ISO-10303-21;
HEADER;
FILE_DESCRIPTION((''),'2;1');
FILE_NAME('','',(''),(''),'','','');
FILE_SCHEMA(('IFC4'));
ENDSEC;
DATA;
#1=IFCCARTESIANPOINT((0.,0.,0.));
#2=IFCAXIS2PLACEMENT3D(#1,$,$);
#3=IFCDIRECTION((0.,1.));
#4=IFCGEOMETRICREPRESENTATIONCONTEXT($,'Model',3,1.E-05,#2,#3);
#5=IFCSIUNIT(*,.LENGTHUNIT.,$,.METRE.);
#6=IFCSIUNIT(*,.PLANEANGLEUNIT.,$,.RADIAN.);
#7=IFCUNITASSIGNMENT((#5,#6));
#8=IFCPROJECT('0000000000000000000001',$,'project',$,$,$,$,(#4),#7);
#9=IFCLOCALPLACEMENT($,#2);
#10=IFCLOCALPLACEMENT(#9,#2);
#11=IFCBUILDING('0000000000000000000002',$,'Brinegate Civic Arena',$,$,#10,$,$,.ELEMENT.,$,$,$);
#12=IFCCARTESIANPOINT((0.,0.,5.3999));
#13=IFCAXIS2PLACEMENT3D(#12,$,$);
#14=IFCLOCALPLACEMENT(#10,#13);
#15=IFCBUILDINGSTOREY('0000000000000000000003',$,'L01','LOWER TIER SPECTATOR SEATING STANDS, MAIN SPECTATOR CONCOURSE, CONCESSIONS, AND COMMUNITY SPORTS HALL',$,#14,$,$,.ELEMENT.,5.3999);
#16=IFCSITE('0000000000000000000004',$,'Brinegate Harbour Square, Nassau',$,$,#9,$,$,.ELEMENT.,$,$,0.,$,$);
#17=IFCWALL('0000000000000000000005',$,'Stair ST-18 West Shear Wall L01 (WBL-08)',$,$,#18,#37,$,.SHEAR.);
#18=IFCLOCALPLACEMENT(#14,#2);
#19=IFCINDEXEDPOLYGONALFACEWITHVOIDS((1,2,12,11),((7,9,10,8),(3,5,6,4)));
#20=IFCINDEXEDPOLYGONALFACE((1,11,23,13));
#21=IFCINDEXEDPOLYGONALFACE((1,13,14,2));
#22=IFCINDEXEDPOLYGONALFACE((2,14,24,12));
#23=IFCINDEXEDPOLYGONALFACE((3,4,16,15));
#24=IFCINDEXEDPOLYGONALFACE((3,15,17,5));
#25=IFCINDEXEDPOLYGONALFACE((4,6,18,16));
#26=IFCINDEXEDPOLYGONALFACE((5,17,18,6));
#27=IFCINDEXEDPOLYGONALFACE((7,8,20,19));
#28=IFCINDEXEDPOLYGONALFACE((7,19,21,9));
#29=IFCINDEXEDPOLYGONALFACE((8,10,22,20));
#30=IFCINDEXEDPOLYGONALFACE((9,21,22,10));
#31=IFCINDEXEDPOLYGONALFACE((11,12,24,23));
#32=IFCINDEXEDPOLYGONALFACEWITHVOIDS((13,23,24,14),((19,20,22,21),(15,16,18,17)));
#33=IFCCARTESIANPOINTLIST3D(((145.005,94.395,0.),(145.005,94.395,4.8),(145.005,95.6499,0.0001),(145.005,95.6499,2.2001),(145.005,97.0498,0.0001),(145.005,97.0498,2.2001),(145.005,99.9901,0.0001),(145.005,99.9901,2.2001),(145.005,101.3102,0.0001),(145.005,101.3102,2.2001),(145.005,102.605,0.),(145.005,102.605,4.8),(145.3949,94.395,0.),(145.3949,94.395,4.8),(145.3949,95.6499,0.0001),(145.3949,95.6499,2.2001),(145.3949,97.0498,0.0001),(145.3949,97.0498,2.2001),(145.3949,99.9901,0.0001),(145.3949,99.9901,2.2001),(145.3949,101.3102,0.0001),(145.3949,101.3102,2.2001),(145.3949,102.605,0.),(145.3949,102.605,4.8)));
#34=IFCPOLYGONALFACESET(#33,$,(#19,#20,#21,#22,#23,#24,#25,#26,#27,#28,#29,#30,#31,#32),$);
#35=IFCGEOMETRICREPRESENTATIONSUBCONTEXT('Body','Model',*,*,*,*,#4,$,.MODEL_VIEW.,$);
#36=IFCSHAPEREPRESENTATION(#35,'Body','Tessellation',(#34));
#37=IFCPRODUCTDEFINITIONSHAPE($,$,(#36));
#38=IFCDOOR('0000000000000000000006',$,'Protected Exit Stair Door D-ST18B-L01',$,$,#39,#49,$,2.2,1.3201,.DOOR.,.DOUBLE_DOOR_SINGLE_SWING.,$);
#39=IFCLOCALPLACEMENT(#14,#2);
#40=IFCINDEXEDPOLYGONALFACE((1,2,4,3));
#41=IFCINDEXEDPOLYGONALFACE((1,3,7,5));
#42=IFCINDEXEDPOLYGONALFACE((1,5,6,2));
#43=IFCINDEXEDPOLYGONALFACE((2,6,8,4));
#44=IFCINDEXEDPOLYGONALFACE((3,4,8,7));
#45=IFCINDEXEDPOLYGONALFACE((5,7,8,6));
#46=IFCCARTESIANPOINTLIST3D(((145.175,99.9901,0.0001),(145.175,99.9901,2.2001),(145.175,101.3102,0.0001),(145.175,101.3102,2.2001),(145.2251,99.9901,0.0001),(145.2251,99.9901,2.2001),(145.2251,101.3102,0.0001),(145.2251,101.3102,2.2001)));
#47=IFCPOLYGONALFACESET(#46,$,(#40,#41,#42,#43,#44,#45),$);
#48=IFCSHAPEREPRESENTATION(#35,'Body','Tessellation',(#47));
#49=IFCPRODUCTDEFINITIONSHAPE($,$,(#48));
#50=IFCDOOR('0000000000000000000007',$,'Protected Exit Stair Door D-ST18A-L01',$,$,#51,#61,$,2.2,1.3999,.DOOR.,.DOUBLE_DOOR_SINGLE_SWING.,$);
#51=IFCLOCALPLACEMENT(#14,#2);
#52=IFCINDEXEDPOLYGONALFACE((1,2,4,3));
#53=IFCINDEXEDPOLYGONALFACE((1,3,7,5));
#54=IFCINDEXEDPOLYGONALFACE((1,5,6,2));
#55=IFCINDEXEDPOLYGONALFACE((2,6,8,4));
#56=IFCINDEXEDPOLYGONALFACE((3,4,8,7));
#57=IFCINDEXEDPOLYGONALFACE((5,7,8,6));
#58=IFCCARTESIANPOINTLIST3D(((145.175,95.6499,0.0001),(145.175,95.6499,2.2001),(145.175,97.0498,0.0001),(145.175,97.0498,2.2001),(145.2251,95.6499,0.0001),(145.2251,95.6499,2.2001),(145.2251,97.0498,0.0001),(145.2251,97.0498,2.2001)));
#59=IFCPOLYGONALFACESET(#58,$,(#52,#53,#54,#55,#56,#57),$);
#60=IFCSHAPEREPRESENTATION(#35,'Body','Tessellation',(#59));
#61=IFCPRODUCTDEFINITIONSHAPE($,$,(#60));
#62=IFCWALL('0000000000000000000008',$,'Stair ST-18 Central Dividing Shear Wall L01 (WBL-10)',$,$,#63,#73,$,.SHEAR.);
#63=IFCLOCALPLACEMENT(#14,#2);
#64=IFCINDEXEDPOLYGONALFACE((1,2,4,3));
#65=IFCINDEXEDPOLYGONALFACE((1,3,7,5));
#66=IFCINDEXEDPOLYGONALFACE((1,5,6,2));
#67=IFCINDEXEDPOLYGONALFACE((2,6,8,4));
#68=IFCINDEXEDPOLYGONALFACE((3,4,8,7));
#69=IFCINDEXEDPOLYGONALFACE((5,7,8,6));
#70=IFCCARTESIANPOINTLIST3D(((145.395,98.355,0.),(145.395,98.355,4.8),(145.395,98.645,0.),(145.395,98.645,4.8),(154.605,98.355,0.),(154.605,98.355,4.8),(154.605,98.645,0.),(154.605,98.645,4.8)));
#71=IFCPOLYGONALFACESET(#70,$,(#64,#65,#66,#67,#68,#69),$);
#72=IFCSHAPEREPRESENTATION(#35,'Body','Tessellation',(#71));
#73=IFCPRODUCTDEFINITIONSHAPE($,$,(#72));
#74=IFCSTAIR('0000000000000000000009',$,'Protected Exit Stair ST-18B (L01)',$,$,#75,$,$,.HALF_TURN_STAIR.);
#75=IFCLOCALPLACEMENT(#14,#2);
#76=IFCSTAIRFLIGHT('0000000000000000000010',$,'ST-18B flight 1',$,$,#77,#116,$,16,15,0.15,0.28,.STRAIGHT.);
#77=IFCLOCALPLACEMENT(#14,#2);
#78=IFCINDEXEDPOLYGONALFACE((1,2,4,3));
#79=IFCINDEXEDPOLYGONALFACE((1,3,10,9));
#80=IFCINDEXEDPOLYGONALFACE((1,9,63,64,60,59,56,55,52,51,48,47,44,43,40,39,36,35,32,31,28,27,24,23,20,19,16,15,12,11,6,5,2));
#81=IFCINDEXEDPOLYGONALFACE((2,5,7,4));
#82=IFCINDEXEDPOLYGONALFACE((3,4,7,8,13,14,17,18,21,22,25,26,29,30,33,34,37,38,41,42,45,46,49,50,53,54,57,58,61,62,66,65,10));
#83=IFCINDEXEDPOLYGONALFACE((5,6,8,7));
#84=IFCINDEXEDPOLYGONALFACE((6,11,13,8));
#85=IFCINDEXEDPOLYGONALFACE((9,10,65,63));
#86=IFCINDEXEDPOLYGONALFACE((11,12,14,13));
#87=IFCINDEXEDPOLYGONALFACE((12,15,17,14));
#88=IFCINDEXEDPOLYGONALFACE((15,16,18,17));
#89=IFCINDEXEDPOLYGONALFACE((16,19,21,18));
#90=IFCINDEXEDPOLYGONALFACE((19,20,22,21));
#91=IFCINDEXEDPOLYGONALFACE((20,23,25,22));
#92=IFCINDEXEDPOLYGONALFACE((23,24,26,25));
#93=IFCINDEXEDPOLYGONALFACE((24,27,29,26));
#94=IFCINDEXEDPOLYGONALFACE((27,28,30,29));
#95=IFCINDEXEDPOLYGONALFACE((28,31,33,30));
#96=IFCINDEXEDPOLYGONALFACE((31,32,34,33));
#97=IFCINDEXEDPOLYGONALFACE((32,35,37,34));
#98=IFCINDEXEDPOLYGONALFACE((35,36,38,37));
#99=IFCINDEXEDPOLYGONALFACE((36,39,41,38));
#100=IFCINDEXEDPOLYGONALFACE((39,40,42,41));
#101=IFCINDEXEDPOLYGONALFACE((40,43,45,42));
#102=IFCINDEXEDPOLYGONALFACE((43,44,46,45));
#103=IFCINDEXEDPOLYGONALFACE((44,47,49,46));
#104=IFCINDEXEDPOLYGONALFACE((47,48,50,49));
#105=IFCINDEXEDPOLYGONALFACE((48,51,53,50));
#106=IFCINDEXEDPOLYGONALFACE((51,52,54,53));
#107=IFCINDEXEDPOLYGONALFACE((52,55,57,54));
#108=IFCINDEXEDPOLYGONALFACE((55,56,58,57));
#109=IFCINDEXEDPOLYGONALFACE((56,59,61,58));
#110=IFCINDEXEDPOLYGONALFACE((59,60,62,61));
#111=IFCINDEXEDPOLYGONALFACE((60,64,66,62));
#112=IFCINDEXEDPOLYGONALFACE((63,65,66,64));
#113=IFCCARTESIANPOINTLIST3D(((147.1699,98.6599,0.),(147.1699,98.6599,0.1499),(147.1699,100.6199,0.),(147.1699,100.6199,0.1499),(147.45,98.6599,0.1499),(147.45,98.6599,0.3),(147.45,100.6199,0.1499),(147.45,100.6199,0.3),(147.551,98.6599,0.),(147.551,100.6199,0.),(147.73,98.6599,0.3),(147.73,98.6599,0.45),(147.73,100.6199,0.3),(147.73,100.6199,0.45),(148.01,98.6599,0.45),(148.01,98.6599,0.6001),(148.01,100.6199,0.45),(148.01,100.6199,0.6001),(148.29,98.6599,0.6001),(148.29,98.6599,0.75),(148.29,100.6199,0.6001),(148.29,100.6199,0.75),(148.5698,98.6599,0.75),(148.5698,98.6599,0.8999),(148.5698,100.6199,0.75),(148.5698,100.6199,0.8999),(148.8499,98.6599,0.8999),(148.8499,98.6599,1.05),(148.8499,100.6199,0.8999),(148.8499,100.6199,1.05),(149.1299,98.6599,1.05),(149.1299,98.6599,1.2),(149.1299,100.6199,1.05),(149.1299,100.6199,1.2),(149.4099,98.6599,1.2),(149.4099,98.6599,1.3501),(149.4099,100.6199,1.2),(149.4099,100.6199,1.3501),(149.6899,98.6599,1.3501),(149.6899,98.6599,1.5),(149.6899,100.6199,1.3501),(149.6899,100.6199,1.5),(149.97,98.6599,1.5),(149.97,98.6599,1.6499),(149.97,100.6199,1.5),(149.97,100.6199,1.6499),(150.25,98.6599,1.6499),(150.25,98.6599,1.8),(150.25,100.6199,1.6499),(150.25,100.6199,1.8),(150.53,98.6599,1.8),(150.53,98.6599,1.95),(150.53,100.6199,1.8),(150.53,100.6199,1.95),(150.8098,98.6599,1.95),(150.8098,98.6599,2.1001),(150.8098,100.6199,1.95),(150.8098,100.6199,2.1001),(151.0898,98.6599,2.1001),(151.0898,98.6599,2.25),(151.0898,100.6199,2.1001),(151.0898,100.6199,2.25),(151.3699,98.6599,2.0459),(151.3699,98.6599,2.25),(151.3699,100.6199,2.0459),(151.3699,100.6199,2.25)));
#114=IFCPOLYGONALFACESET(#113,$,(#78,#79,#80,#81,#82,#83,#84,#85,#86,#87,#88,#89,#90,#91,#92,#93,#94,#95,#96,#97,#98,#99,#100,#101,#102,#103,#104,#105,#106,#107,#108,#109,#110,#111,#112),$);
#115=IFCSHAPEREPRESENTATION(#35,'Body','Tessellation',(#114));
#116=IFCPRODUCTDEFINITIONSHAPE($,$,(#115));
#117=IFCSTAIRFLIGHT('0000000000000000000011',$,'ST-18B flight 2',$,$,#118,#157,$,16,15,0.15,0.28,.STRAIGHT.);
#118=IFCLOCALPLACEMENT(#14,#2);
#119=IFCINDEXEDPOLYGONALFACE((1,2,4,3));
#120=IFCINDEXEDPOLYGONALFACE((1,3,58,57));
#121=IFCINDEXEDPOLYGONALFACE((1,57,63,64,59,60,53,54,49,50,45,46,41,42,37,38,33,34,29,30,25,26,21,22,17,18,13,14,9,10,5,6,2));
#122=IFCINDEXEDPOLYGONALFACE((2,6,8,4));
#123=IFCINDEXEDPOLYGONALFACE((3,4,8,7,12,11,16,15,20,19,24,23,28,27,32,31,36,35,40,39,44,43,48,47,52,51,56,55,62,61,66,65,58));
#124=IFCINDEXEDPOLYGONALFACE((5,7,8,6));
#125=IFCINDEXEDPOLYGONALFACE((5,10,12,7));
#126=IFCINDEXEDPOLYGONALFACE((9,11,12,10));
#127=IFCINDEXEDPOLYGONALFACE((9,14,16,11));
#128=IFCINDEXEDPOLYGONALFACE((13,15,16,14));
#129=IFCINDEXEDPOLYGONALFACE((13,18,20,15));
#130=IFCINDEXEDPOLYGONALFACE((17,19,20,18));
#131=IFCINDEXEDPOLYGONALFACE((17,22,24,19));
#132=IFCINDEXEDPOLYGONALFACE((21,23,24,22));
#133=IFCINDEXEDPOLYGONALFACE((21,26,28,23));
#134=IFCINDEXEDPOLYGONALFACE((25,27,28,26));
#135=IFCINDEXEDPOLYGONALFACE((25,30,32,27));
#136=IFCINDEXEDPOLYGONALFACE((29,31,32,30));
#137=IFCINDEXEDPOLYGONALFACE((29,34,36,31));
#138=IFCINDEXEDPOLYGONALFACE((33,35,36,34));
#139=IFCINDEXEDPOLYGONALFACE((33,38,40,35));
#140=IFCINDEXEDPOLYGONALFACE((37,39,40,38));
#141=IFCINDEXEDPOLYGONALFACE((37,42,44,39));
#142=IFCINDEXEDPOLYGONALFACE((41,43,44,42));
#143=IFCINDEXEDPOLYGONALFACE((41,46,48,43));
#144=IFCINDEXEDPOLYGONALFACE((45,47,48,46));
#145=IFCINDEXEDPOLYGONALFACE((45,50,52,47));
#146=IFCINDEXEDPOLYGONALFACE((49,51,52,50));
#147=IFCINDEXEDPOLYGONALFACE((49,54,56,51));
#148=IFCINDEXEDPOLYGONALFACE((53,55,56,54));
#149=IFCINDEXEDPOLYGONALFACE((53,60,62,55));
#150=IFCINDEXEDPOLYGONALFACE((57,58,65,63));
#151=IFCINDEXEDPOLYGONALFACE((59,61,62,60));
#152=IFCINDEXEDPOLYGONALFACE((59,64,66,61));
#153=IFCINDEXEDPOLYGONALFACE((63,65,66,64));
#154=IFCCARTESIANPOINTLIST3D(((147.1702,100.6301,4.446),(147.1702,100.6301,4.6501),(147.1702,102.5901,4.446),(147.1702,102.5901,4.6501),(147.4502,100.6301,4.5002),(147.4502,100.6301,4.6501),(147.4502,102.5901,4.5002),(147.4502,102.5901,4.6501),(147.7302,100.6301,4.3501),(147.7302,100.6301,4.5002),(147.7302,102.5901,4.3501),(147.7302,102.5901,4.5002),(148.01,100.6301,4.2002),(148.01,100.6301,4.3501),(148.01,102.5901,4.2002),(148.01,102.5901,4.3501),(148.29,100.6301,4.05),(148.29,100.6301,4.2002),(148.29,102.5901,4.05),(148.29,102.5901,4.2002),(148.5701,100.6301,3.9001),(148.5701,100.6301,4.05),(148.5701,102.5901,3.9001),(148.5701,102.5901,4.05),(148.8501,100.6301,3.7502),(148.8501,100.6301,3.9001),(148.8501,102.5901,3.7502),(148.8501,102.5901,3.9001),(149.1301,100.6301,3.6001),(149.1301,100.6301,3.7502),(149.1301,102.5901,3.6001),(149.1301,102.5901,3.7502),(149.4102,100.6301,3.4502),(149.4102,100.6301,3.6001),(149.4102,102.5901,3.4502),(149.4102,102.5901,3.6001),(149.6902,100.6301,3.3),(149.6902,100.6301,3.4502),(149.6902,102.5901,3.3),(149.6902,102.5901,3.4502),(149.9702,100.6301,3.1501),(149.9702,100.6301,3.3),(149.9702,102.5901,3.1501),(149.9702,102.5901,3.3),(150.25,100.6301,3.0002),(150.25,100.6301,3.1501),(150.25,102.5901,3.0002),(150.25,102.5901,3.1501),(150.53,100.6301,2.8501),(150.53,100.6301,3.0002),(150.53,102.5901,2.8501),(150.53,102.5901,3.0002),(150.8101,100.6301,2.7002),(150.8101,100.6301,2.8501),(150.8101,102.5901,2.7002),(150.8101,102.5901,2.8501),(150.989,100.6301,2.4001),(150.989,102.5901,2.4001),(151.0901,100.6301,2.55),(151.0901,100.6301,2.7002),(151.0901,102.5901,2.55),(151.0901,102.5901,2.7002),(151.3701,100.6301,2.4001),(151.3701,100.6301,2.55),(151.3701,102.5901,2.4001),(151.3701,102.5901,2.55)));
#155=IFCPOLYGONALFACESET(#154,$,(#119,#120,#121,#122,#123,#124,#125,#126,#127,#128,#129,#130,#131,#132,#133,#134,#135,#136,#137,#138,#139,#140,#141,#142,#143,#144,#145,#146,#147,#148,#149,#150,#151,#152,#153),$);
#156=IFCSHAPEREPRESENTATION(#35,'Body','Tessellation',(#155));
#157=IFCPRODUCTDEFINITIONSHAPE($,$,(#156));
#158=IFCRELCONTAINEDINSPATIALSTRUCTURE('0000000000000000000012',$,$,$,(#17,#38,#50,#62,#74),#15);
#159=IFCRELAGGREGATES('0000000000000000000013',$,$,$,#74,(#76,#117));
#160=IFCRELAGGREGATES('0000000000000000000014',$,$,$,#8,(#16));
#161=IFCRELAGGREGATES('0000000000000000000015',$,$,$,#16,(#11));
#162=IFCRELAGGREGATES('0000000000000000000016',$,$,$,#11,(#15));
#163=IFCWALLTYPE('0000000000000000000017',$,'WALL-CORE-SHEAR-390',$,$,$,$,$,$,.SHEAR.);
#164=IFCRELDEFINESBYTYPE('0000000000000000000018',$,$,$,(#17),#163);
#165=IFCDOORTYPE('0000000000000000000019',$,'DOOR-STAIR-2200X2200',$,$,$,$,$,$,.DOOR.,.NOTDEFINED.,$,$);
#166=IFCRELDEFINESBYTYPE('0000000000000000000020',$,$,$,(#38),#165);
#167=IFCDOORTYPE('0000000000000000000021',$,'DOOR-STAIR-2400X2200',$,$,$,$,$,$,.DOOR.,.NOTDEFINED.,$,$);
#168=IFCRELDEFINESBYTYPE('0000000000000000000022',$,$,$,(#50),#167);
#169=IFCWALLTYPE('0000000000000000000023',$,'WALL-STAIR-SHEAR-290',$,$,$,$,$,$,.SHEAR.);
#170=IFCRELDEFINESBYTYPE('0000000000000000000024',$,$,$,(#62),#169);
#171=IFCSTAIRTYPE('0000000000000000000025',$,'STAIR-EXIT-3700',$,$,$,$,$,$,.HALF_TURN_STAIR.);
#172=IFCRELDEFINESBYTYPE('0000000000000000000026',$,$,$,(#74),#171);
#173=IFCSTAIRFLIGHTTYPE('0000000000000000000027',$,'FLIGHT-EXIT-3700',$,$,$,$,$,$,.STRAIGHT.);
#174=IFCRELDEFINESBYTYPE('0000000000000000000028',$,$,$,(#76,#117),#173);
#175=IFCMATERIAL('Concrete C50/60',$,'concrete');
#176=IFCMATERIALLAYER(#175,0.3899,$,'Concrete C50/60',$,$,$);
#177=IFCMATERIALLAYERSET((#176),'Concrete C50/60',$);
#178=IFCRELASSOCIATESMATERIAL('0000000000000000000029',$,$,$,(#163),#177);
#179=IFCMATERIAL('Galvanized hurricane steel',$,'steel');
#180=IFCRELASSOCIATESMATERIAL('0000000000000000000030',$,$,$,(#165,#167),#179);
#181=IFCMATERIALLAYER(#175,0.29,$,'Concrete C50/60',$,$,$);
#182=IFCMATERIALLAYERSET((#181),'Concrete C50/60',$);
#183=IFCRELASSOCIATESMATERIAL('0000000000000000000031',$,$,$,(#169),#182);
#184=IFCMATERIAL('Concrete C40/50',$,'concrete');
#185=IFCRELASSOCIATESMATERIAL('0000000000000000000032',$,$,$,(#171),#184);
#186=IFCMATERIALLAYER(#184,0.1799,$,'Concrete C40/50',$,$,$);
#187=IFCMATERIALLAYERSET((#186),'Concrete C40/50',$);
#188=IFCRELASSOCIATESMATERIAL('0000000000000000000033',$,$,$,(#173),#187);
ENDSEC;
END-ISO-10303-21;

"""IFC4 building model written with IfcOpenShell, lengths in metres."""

from ifc_helpers import new_model, si_unit, direction, frame, frame_2d, origin, place, context, subcontext, project, spatial, polyline, rectangle, outline, extrude, material, layer, layer_set, type_object, element, fill, aggregate, save


model = new_model("IFC4")

# Units and contexts
model_context = context("Model", 3, precision=1e-05, world=origin(), true_north=direction((0.0, 1.0)))
body_context = subcontext(model_context, "Body", "Model", "MODEL_VIEW")
ifc_project = project(units=[si_unit("LENGTHUNIT", "METRE"), si_unit("PLANEANGLEUNIT", "RADIAN")], contexts=[model_context])

# Site, building, storey
site_placement = place(None, origin())
site = spatial("IfcSite", under=ifc_project, at=site_placement, Name="Brinegate Harbour Square, Nassau", CompositionType="ELEMENT", RefElevation=0.0)
building_placement = place(site_placement, origin())
building = spatial("IfcBuilding", under=site, at=building_placement, Name="Brinegate Civic Arena", CompositionType="ELEMENT")
storey_placement = place(building_placement, frame((0.0, 0.0, 5.3999)))
storey = spatial("IfcBuildingStorey", under=building, at=storey_placement, Name="L01", Description="LOWER TIER SPECTATOR SEATING STANDS, MAIN SPECTATOR CONCOURSE, CONCESSIONS, AND COMMUNITY SPORTS HALL", CompositionType="ELEMENT", Elevation=5.3999)

# Shared definitions
ifc_material_1 = material(Name="Concrete C50/60", Category="concrete")

# Shared definitions
ifc_layer_1 = layer(ifc_material_1, 0.3899, Name="Concrete C50/60")
ifc_layer_set_1 = layer_set([ifc_layer_1], Name="Concrete C50/60")
wall_type_1 = type_object("IfcWallType", Name="WALL-CORE-SHEAR-390", PredefinedType="SHEAR", material=ifc_layer_set_1)

# Wall, openings, doors
wall_1_placement = place(storey_placement, frame((145.2, 94.395, 0.0), z_axis=(0.0, 0.0, 1.0), x_axis=(0.0, 1.0, 0.0)))
wall_1 = element("IfcWall", 1, at=wall_1_placement, inside=storey, type_object=wall_type_1, Name="Stair ST-18 West Shear Wall L01 (WBL-08)", PredefinedType="SHEAR", context=body_context, shape_type="SweptSolid", body=[
    extrude(rectangle(XDim=8.21, YDim=0.3899, at=frame_2d((4.105, 0.0))), origin(), (0.0, 0.0, 1.0), 4.8),
])
opening_1_placement = place(wall_1_placement, frame((1.2549, 0.0, 0.0)))
opening_1 = element("IfcOpeningElement", 2, at=opening_1_placement, cuts=wall_1, PredefinedType="OPENING", context=body_context, shape_type="SweptSolid", body=[
    extrude(rectangle(XDim=1.3999, YDim=2.2, at=frame_2d((0.7, 1.1001))), frame((0.0, 0.2048, 0.0), z_axis=(0.0, -1.0, 0.0), x_axis=(1.0, 0.0, 0.0)), (0.0, 0.0, 1.0), 0.4099),
])
opening_2_placement = place(wall_1_placement, frame((5.595, 0.0, 0.0)))
opening_2 = element("IfcOpeningElement", 3, at=opening_2_placement, cuts=wall_1, PredefinedType="OPENING", context=body_context, shape_type="SweptSolid", body=[
    extrude(rectangle(XDim=1.3201, YDim=2.2, at=frame_2d((0.6602, 1.1001))), frame((0.0, 0.2048, 0.0), z_axis=(0.0, -1.0, 0.0), x_axis=(1.0, 0.0, 0.0)), (0.0, 0.0, 1.0), 0.4099),
])
ifc_material_2 = material(Name="Galvanized hurricane steel", Category="steel")
door_type_1 = type_object("IfcDoorType", Name="DOOR-STAIR-2200X2200", OperationType="NOTDEFINED", PredefinedType="DOOR", material=ifc_material_2)
door_1_placement = place(opening_2_placement, origin())
door_1 = element("IfcDoor", 4, at=door_1_placement, inside=storey, type_object=door_type_1, Name="Protected Exit Stair Door D-ST18B-L01", OperationType="DOUBLE_DOOR_SINGLE_SWING", OverallHeight=2.2, OverallWidth=1.3201, PredefinedType="DOOR", context=body_context, shape_type="SweptSolid", body=[
    extrude(rectangle(XDim=1.3201, YDim=2.2, at=frame_2d((0.6602, 1.1001))), frame((0.0, 0.0249, 0.0), z_axis=(0.0, -1.0, 0.0), x_axis=(1.0, 0.0, 0.0)), (0.0, 0.0, 1.0), 0.05),
])
fill(opening_2, door_1)
door_type_2 = type_object("IfcDoorType", Name="DOOR-STAIR-2400X2200", OperationType="NOTDEFINED", PredefinedType="DOOR", material=ifc_material_2)
door_2_placement = place(opening_1_placement, origin())
door_2 = element("IfcDoor", 5, at=door_2_placement, inside=storey, type_object=door_type_2, Name="Protected Exit Stair Door D-ST18A-L01", OperationType="DOUBLE_DOOR_SINGLE_SWING", OverallHeight=2.2, OverallWidth=1.3999, PredefinedType="DOOR", context=body_context, shape_type="SweptSolid", body=[
    extrude(rectangle(XDim=1.3999, YDim=2.2, at=frame_2d((0.7, 1.1001))), frame((0.0, 0.0249, 0.0), z_axis=(0.0, -1.0, 0.0), x_axis=(1.0, 0.0, 0.0)), (0.0, 0.0, 1.0), 0.05),
])
fill(opening_1, door_2)

# Wall
ifc_layer_2 = layer(ifc_material_1, 0.29, Name="Concrete C50/60")
ifc_layer_set_2 = layer_set([ifc_layer_2], Name="Concrete C50/60")
wall_type_2 = type_object("IfcWallType", Name="WALL-STAIR-SHEAR-290", PredefinedType="SHEAR", material=ifc_layer_set_2)
wall_2_placement = place(storey_placement, frame((145.395, 98.5, 0.0), z_axis=(0.0, 0.0, 1.0), x_axis=(1.0, 0.0, 0.0)))
element("IfcWall", 6, at=wall_2_placement, inside=storey, type_object=wall_type_2, Name="Stair ST-18 Central Dividing Shear Wall L01 (WBL-10)", PredefinedType="SHEAR", context=body_context, shape_type="SweptSolid", body=[
    extrude(rectangle(XDim=9.21, YDim=0.29, at=frame_2d((4.605, 0.0))), origin(), (0.0, 0.0, 1.0), 4.8),
])

# Stair, stair flights
ifc_material_3 = material(Name="Concrete C40/50", Category="concrete")
stair_type_1 = type_object("IfcStairType", Name="STAIR-EXIT-3700", PredefinedType="HALF_TURN_STAIR", material=ifc_material_3)
stair_1_placement = place(storey_placement, origin())
stair_1 = element("IfcStair", 7, at=stair_1_placement, inside=storey, type_object=stair_type_1, Name="Protected Exit Stair ST-18B (L01)", PredefinedType="HALF_TURN_STAIR")
ifc_layer_3 = layer(ifc_material_3, 0.1799, Name="Concrete C40/50")
ifc_layer_set_3 = layer_set([ifc_layer_3], Name="Concrete C40/50")
stair_flight_type_1 = type_object("IfcStairFlightType", Name="FLIGHT-EXIT-3700", PredefinedType="STRAIGHT", material=ifc_layer_set_3)
stair_flight_1_placement = place(storey_placement, frame((147.1699, 99.6399, 0.0), z_axis=(0.0, 0.0, 1.0), x_axis=(1.0, 0.0, 0.0)))
stair_flight_1 = element("IfcStairFlight", 8, at=stair_flight_1_placement, type_object=stair_flight_type_1, Name="ST-18B flight 1", NumberOfRisers=16, NumberOfTreads=15, PredefinedType="STRAIGHT", RiserHeight=0.15, TreadLength=0.28, context=body_context, shape_type="SweptSolid", body=[
    extrude(outline(polyline([(0.0, 0.0), (0.0, 0.1499), (0.28, 0.1499), (0.28, 0.3), (0.5601, 0.3), (0.5601, 0.45), (0.8401, 0.45), (0.8401, 0.6001), (1.1201, 0.6001), (1.1201, 0.75), (1.3999, 0.75), (1.3999, 0.8999), (1.6799, 0.8999), (1.6799, 1.05), (1.96, 1.05), (1.96, 1.2), (2.24, 1.2), (2.24, 1.3501), (2.52, 1.3501), (2.52, 1.5), (2.8, 1.5), (2.8, 1.6499), (3.0801, 1.6499), (3.0801, 1.8), (3.3601, 1.8), (3.3601, 1.95), (3.6399, 1.95), (3.6399, 2.1001), (3.9199, 2.1001), (3.9199, 2.25), (4.2, 2.25), (4.2, 2.3999), (4.2, 2.0459), (0.3811, 0.0), (0.0, 0.0)])), frame((0.0, 0.98, 0.0), z_axis=(0.0, -1.0, 0.0), x_axis=(1.0, 0.0, 0.0)), (0.0, 0.0, 1.0), 1.96),
])
stair_flight_2_placement = place(storey_placement, frame((151.3701, 101.6101, 2.4001), z_axis=(0.0, 0.0, 1.0), x_axis=(-1.0, 0.0, 0.0)))
stair_flight_2 = element("IfcStairFlight", 9, at=stair_flight_2_placement, type_object=stair_flight_type_1, Name="ST-18B flight 2", NumberOfRisers=16, NumberOfTreads=15, PredefinedType="STRAIGHT", RiserHeight=0.15, TreadLength=0.28, context=body_context, shape_type="SweptSolid", body=[
    extrude(outline(polyline([(0.0, 0.0), (0.0, 0.1499), (0.28, 0.1499), (0.28, 0.3), (0.5601, 0.3), (0.5601, 0.45), (0.8401, 0.45), (0.8401, 0.6001), (1.1201, 0.6001), (1.1201, 0.75), (1.3999, 0.75), (1.3999, 0.8999), (1.6799, 0.8999), (1.6799, 1.05), (1.96, 1.05), (1.96, 1.2), (2.24, 1.2), (2.24, 1.3501), (2.52, 1.3501), (2.52, 1.5), (2.8, 1.5), (2.8, 1.6499), (3.0801, 1.6499), (3.0801, 1.8), (3.3601, 1.8), (3.3601, 1.95), (3.6399, 1.95), (3.6399, 2.1001), (3.9199, 2.1001), (3.9199, 2.25), (4.2, 2.25), (4.2, 2.3999), (4.2, 2.0459), (0.3811, 0.0), (0.0, 0.0)])), frame((0.0, 0.98, 0.0), z_axis=(0.0, -1.0, 0.0), x_axis=(1.0, 0.0, 0.0)), (0.0, 0.0, 1.0), 1.96),
])
aggregate(stair_1, [stair_flight_1, stair_flight_2])

save(model, "model.ifc")
